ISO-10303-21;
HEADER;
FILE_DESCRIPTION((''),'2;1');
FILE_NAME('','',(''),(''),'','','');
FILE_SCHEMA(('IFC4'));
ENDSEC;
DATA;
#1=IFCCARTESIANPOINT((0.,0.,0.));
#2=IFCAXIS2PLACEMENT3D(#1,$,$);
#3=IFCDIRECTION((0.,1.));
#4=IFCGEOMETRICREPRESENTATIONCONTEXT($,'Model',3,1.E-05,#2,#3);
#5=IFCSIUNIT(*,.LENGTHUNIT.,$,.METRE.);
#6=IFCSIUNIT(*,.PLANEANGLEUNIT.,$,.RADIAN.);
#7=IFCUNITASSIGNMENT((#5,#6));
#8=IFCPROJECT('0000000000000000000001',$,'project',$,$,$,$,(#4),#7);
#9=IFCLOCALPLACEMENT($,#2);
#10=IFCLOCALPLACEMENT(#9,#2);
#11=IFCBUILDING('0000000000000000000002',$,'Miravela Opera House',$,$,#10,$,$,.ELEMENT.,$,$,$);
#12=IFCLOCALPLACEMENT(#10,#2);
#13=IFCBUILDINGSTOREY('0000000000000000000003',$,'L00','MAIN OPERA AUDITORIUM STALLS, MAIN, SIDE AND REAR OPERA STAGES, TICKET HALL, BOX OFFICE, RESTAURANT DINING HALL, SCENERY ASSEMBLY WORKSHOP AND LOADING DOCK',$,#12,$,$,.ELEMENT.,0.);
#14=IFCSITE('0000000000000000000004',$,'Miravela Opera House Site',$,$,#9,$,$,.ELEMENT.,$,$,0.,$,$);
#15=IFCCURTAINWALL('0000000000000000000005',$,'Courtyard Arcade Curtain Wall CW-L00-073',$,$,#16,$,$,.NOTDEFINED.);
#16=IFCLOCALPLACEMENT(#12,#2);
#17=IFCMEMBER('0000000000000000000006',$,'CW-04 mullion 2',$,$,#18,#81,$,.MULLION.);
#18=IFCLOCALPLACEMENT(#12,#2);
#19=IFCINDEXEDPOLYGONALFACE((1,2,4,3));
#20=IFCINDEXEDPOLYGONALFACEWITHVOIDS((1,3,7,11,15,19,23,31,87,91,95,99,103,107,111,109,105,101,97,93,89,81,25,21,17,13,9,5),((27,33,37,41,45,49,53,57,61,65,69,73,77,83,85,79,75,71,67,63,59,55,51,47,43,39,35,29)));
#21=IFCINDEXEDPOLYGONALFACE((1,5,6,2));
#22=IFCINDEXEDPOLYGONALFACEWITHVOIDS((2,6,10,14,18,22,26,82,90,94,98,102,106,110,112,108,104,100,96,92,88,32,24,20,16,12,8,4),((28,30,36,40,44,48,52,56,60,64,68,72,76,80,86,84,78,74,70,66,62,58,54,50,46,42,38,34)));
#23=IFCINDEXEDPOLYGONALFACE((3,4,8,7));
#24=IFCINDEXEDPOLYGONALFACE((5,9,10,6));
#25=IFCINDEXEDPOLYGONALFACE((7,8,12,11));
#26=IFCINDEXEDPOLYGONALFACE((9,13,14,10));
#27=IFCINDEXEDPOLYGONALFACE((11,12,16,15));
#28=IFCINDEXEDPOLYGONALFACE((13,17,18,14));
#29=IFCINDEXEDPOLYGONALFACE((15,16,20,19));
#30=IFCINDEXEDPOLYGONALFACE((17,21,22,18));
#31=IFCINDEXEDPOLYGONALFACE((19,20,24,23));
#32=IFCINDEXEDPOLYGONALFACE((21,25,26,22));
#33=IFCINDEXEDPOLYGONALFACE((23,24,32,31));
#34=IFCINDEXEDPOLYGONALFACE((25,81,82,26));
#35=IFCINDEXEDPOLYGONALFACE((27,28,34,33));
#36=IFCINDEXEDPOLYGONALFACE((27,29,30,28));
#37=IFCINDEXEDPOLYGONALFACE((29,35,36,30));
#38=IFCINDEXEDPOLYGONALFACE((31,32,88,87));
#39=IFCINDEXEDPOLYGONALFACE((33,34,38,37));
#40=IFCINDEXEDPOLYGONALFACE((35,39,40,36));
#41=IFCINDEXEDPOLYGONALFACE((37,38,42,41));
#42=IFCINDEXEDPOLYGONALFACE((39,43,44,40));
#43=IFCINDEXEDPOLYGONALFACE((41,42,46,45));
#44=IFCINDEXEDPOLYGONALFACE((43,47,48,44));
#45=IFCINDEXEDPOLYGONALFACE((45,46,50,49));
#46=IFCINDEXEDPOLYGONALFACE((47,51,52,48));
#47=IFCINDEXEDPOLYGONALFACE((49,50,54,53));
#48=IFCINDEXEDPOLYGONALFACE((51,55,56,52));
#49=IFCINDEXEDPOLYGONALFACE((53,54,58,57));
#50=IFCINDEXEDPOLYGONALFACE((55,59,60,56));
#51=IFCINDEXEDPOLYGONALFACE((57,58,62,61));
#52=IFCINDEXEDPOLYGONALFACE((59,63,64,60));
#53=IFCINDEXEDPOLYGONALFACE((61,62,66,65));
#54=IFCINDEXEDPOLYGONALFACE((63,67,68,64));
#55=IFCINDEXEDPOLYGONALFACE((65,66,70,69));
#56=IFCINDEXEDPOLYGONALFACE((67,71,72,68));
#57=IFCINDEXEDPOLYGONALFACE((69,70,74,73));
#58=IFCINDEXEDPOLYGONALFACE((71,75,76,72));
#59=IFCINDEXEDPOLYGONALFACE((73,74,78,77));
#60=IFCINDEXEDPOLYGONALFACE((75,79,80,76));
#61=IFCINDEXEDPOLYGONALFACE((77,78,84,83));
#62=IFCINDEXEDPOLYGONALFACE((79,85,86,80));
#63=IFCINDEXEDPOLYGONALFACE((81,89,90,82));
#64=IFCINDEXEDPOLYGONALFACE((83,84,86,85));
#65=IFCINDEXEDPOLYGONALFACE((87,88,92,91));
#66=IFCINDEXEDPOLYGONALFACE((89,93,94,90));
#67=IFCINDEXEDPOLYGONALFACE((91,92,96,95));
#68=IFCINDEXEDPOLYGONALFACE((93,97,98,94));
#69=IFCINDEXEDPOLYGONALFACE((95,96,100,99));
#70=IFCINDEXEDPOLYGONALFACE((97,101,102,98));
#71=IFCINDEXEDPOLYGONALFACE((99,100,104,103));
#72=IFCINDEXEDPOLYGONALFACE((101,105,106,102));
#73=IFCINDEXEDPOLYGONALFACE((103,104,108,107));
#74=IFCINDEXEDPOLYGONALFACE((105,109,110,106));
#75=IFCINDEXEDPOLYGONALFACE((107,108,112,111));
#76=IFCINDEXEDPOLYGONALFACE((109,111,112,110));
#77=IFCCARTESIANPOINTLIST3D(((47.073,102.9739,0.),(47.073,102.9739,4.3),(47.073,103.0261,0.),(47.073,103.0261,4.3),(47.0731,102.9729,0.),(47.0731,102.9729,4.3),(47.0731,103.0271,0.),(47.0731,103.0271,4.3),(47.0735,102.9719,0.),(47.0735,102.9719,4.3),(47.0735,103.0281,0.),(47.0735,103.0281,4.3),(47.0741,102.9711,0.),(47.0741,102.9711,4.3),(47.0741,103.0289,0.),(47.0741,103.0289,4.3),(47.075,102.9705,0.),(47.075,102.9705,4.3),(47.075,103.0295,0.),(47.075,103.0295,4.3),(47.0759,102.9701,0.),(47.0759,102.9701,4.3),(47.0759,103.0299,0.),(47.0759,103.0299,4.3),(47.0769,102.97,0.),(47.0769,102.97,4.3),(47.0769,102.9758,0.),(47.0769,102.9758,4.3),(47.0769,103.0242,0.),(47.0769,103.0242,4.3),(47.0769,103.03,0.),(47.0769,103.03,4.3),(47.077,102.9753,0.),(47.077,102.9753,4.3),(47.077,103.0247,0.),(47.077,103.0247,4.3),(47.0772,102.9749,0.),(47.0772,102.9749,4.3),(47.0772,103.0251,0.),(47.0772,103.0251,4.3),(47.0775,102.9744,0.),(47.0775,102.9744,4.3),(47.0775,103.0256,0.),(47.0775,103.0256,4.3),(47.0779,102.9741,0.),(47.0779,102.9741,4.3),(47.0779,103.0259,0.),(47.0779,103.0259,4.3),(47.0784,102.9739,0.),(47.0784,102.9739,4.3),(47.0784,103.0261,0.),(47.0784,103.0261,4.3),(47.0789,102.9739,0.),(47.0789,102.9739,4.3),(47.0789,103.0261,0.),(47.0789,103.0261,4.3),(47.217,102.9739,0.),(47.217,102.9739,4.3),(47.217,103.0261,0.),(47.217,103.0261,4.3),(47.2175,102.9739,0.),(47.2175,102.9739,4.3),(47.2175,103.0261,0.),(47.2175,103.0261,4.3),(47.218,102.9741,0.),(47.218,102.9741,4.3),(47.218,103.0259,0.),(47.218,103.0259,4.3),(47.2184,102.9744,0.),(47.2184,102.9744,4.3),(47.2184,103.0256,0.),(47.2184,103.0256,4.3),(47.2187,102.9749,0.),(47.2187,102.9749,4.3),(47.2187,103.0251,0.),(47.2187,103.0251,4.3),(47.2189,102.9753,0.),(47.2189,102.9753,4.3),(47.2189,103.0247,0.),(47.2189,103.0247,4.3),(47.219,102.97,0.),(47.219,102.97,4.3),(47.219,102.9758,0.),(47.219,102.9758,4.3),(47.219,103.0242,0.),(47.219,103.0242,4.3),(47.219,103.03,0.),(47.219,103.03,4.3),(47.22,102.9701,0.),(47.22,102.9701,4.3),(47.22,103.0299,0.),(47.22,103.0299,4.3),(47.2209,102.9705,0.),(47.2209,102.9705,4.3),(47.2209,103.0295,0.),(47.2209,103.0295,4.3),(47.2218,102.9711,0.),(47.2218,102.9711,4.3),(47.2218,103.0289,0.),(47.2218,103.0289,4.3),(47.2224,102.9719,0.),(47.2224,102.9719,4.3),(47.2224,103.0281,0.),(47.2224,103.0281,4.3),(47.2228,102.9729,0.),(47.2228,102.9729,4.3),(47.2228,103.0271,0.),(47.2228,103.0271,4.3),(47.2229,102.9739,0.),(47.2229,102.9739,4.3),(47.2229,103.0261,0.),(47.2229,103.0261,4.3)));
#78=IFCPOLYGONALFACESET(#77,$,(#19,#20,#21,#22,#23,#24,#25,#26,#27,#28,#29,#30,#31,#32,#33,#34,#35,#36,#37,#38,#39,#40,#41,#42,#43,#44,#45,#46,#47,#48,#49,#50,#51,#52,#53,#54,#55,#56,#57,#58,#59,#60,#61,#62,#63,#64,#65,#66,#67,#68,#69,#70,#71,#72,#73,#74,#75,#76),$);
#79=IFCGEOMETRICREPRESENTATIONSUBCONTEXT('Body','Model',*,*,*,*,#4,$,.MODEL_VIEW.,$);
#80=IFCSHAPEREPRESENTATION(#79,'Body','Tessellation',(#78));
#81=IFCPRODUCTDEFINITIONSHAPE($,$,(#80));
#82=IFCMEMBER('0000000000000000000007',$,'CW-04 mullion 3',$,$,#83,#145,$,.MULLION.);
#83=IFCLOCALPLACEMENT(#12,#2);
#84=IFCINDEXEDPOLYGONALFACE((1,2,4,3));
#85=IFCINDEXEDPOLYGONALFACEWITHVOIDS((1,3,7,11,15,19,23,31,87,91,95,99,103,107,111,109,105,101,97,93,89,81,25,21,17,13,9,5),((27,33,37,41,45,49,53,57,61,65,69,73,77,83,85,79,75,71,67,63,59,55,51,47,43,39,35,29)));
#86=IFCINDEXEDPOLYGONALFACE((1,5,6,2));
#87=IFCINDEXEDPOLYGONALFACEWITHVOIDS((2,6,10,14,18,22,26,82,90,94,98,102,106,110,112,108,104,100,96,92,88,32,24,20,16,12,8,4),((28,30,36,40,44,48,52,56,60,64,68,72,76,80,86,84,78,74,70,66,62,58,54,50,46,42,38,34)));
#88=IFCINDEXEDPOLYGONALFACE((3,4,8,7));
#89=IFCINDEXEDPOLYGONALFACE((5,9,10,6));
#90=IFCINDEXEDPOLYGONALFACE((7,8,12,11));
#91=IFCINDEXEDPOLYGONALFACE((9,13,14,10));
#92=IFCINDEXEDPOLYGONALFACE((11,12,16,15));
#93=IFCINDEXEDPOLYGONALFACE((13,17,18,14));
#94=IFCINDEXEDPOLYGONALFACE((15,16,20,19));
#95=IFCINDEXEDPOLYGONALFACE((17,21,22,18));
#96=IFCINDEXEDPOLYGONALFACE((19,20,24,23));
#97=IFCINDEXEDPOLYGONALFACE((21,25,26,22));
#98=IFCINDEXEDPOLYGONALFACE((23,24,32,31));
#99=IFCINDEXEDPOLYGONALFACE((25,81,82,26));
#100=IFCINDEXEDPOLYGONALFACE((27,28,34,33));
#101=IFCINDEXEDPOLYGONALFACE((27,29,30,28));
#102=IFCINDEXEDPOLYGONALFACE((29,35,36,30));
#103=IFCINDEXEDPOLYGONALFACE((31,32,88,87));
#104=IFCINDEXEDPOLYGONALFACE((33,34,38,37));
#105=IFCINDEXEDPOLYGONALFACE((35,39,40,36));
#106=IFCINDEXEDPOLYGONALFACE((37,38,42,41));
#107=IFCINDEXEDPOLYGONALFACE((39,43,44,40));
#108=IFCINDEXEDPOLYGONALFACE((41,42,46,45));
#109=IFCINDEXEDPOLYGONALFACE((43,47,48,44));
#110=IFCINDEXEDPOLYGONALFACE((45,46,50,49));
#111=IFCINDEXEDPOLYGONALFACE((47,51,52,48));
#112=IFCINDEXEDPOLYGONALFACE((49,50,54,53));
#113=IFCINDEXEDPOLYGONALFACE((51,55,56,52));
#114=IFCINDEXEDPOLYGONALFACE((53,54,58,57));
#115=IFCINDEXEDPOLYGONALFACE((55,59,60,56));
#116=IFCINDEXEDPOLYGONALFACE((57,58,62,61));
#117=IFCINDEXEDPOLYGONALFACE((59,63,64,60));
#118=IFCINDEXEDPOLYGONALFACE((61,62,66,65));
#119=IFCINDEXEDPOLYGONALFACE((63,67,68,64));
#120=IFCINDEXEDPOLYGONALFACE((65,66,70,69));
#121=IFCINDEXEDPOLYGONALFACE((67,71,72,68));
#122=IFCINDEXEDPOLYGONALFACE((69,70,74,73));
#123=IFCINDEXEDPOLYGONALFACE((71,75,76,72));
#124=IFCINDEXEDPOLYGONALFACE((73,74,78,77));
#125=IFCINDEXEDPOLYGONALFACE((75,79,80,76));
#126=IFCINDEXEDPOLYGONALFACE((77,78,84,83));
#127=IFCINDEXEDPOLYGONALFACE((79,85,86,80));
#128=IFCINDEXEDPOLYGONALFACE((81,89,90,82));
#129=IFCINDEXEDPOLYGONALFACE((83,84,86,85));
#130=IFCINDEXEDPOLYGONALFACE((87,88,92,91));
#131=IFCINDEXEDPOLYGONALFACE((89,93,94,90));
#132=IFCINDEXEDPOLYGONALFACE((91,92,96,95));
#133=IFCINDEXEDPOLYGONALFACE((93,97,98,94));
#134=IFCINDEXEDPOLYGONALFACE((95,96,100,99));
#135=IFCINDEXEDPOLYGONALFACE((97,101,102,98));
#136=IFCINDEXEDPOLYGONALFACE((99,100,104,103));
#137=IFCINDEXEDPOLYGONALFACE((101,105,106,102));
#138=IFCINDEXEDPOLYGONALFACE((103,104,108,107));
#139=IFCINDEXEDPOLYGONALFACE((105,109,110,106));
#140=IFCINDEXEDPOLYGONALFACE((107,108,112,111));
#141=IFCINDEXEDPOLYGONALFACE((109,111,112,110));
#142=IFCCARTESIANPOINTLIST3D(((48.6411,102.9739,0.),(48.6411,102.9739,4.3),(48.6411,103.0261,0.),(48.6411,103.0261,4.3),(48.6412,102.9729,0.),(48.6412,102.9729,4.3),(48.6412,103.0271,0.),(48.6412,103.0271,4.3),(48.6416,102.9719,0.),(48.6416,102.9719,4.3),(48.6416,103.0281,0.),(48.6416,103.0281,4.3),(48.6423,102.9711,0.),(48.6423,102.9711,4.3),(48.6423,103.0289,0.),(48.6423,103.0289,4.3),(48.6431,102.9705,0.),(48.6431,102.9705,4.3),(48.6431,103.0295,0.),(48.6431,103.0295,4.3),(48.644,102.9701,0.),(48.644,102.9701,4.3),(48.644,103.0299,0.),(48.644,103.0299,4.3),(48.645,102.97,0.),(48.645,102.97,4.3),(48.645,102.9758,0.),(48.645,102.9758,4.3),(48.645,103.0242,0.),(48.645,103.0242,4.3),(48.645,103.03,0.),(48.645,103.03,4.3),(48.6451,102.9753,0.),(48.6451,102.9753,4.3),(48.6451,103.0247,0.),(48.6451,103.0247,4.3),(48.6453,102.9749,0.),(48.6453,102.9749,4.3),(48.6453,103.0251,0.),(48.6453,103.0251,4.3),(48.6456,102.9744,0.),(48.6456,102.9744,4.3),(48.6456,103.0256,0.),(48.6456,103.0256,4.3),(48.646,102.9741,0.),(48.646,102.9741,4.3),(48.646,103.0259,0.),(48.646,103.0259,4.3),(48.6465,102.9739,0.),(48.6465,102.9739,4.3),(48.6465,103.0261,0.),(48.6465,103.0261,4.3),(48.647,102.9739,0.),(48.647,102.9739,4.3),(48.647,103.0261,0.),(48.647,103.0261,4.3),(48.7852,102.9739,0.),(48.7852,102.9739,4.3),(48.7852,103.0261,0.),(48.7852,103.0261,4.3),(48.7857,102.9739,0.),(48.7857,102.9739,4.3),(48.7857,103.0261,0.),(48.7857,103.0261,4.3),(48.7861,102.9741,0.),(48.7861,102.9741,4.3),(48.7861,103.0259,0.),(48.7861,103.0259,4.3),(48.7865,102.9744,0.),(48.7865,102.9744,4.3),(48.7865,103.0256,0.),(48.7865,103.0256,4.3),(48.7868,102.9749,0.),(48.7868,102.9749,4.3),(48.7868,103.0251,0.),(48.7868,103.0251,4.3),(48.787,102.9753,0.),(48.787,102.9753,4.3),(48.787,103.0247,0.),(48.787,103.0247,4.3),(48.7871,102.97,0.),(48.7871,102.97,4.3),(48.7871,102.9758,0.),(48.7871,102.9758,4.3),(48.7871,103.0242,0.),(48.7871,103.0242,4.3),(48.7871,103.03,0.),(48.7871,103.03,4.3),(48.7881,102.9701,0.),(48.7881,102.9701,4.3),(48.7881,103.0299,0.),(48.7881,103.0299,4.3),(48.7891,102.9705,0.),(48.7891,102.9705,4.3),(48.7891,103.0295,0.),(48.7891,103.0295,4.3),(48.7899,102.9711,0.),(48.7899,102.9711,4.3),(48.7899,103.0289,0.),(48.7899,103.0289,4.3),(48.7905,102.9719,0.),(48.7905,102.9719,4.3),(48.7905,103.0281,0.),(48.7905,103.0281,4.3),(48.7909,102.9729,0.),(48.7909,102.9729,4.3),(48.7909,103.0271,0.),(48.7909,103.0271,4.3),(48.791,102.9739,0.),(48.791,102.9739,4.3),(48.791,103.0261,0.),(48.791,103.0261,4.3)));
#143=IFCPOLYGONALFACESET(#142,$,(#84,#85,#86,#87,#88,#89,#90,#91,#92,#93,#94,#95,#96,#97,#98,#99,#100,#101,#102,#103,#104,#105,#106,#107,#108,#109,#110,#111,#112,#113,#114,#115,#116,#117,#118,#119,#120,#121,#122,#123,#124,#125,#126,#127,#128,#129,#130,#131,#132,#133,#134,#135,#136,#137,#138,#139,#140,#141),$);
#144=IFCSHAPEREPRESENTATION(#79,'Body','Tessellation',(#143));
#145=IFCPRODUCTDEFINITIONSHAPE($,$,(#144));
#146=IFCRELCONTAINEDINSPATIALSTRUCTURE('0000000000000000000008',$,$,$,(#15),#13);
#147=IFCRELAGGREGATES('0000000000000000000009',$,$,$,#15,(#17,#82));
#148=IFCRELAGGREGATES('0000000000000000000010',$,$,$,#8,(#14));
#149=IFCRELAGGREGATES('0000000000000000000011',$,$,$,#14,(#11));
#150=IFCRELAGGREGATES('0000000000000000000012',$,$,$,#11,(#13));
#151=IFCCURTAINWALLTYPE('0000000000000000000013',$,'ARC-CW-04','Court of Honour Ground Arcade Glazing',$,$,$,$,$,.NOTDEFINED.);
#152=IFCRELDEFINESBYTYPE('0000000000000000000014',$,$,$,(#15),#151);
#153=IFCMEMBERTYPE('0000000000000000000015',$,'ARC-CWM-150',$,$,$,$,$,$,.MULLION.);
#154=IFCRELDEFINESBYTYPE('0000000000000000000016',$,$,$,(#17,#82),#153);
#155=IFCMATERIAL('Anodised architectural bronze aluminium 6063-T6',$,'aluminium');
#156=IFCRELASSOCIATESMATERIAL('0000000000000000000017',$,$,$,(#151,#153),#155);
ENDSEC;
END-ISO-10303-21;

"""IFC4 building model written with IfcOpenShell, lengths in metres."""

from ifc_helpers import new_model, si_unit, direction, frame, origin, origin_2d, place, context, subcontext, project, spatial, hollow_rectangle, extrude, material, material_profile, profile_set, type_object, element, aggregate, save


model = new_model("IFC4")

# Units and contexts
model_context = context("Model", 3, precision=1e-05, world=origin(), true_north=direction((0.0, 1.0)))
body_context = subcontext(model_context, "Body", "Model", "MODEL_VIEW")
ifc_project = project(units=[si_unit("LENGTHUNIT", "METRE"), si_unit("PLANEANGLEUNIT", "RADIAN")], contexts=[model_context])

# Site, building, storey
site_placement = place(None, origin())
site = spatial("IfcSite", under=ifc_project, at=site_placement, Name="Miravela Opera House Site", CompositionType="ELEMENT", RefElevation=0.0)
building_placement = place(site_placement, origin())
building = spatial("IfcBuilding", under=site, at=building_placement, Name="Miravela Opera House", CompositionType="ELEMENT")
storey_placement = place(building_placement, origin())
storey = spatial("IfcBuildingStorey", under=building, at=storey_placement, Name="L00", Description="MAIN OPERA AUDITORIUM STALLS, MAIN, SIDE AND REAR OPERA STAGES, TICKET HALL, BOX OFFICE, RESTAURANT DINING HALL, SCENERY ASSEMBLY WORKSHOP AND LOADING DOCK", CompositionType="ELEMENT", Elevation=0.0)

# Curtain wall, members
ifc_material_1 = material(Name="Anodised architectural bronze aluminium 6063-T6", Category="aluminium")
curtain_wall_type = type_object("IfcCurtainWallType", Name="ARC-CW-04", Description="Court of Honour Ground Arcade Glazing", PredefinedType="NOTDEFINED", material=ifc_material_1)
curtain_wall_placement = place(storey_placement, origin())
curtain_wall = element("IfcCurtainWall", 1, at=curtain_wall_placement, inside=storey, type_object=curtain_wall_type, Name="Courtyard Arcade Curtain Wall CW-L00-073", PredefinedType="NOTDEFINED")
ifc_material_profile_1 = material_profile(ifc_material_1, hollow_rectangle(XDim=0.0601, YDim=0.1499, WallThickness=0.0039, InnerFilletRadius=0.002, OuterFilletRadius=0.0039, at=origin_2d()), Name="CWM-60X150")
ifc_profile_set_1 = profile_set([ifc_material_profile_1])
member_type_1 = type_object("IfcMemberType", Name="ARC-CWM-150", PredefinedType="MULLION", material=ifc_profile_set_1)
member_1_placement = place(storey_placement, frame((47.1479, 103.0, 0.0), z_axis=(0.0, 0.0, 1.0), x_axis=(0.0, 1.0, 0.0)))
member_1 = element("IfcMember", 2, at=member_1_placement, type_object=member_type_1, Name="CW-04 mullion 2", PredefinedType="MULLION", context=body_context, shape_type="SweptSolid", body=[
    extrude(hollow_rectangle(XDim=0.0601, YDim=0.1499, WallThickness=0.0039, InnerFilletRadius=0.002, OuterFilletRadius=0.0039, at=origin_2d()), origin(), (0.0, 0.0, 1.0), 4.3),
])
member_2_placement = place(storey_placement, frame((48.7161, 103.0, 0.0), z_axis=(0.0, 0.0, 1.0), x_axis=(0.0, 1.0, 0.0)))
member_2 = element("IfcMember", 3, at=member_2_placement, type_object=member_type_1, Name="CW-04 mullion 3", PredefinedType="MULLION", context=body_context, shape_type="SweptSolid", body=[
    extrude(hollow_rectangle(XDim=0.0601, YDim=0.1499, WallThickness=0.0039, InnerFilletRadius=0.002, OuterFilletRadius=0.0039, at=origin_2d()), origin(), (0.0, 0.0, 1.0), 4.3),
])
aggregate(curtain_wall, [member_1, member_2])

save(model, "model.ifc")
